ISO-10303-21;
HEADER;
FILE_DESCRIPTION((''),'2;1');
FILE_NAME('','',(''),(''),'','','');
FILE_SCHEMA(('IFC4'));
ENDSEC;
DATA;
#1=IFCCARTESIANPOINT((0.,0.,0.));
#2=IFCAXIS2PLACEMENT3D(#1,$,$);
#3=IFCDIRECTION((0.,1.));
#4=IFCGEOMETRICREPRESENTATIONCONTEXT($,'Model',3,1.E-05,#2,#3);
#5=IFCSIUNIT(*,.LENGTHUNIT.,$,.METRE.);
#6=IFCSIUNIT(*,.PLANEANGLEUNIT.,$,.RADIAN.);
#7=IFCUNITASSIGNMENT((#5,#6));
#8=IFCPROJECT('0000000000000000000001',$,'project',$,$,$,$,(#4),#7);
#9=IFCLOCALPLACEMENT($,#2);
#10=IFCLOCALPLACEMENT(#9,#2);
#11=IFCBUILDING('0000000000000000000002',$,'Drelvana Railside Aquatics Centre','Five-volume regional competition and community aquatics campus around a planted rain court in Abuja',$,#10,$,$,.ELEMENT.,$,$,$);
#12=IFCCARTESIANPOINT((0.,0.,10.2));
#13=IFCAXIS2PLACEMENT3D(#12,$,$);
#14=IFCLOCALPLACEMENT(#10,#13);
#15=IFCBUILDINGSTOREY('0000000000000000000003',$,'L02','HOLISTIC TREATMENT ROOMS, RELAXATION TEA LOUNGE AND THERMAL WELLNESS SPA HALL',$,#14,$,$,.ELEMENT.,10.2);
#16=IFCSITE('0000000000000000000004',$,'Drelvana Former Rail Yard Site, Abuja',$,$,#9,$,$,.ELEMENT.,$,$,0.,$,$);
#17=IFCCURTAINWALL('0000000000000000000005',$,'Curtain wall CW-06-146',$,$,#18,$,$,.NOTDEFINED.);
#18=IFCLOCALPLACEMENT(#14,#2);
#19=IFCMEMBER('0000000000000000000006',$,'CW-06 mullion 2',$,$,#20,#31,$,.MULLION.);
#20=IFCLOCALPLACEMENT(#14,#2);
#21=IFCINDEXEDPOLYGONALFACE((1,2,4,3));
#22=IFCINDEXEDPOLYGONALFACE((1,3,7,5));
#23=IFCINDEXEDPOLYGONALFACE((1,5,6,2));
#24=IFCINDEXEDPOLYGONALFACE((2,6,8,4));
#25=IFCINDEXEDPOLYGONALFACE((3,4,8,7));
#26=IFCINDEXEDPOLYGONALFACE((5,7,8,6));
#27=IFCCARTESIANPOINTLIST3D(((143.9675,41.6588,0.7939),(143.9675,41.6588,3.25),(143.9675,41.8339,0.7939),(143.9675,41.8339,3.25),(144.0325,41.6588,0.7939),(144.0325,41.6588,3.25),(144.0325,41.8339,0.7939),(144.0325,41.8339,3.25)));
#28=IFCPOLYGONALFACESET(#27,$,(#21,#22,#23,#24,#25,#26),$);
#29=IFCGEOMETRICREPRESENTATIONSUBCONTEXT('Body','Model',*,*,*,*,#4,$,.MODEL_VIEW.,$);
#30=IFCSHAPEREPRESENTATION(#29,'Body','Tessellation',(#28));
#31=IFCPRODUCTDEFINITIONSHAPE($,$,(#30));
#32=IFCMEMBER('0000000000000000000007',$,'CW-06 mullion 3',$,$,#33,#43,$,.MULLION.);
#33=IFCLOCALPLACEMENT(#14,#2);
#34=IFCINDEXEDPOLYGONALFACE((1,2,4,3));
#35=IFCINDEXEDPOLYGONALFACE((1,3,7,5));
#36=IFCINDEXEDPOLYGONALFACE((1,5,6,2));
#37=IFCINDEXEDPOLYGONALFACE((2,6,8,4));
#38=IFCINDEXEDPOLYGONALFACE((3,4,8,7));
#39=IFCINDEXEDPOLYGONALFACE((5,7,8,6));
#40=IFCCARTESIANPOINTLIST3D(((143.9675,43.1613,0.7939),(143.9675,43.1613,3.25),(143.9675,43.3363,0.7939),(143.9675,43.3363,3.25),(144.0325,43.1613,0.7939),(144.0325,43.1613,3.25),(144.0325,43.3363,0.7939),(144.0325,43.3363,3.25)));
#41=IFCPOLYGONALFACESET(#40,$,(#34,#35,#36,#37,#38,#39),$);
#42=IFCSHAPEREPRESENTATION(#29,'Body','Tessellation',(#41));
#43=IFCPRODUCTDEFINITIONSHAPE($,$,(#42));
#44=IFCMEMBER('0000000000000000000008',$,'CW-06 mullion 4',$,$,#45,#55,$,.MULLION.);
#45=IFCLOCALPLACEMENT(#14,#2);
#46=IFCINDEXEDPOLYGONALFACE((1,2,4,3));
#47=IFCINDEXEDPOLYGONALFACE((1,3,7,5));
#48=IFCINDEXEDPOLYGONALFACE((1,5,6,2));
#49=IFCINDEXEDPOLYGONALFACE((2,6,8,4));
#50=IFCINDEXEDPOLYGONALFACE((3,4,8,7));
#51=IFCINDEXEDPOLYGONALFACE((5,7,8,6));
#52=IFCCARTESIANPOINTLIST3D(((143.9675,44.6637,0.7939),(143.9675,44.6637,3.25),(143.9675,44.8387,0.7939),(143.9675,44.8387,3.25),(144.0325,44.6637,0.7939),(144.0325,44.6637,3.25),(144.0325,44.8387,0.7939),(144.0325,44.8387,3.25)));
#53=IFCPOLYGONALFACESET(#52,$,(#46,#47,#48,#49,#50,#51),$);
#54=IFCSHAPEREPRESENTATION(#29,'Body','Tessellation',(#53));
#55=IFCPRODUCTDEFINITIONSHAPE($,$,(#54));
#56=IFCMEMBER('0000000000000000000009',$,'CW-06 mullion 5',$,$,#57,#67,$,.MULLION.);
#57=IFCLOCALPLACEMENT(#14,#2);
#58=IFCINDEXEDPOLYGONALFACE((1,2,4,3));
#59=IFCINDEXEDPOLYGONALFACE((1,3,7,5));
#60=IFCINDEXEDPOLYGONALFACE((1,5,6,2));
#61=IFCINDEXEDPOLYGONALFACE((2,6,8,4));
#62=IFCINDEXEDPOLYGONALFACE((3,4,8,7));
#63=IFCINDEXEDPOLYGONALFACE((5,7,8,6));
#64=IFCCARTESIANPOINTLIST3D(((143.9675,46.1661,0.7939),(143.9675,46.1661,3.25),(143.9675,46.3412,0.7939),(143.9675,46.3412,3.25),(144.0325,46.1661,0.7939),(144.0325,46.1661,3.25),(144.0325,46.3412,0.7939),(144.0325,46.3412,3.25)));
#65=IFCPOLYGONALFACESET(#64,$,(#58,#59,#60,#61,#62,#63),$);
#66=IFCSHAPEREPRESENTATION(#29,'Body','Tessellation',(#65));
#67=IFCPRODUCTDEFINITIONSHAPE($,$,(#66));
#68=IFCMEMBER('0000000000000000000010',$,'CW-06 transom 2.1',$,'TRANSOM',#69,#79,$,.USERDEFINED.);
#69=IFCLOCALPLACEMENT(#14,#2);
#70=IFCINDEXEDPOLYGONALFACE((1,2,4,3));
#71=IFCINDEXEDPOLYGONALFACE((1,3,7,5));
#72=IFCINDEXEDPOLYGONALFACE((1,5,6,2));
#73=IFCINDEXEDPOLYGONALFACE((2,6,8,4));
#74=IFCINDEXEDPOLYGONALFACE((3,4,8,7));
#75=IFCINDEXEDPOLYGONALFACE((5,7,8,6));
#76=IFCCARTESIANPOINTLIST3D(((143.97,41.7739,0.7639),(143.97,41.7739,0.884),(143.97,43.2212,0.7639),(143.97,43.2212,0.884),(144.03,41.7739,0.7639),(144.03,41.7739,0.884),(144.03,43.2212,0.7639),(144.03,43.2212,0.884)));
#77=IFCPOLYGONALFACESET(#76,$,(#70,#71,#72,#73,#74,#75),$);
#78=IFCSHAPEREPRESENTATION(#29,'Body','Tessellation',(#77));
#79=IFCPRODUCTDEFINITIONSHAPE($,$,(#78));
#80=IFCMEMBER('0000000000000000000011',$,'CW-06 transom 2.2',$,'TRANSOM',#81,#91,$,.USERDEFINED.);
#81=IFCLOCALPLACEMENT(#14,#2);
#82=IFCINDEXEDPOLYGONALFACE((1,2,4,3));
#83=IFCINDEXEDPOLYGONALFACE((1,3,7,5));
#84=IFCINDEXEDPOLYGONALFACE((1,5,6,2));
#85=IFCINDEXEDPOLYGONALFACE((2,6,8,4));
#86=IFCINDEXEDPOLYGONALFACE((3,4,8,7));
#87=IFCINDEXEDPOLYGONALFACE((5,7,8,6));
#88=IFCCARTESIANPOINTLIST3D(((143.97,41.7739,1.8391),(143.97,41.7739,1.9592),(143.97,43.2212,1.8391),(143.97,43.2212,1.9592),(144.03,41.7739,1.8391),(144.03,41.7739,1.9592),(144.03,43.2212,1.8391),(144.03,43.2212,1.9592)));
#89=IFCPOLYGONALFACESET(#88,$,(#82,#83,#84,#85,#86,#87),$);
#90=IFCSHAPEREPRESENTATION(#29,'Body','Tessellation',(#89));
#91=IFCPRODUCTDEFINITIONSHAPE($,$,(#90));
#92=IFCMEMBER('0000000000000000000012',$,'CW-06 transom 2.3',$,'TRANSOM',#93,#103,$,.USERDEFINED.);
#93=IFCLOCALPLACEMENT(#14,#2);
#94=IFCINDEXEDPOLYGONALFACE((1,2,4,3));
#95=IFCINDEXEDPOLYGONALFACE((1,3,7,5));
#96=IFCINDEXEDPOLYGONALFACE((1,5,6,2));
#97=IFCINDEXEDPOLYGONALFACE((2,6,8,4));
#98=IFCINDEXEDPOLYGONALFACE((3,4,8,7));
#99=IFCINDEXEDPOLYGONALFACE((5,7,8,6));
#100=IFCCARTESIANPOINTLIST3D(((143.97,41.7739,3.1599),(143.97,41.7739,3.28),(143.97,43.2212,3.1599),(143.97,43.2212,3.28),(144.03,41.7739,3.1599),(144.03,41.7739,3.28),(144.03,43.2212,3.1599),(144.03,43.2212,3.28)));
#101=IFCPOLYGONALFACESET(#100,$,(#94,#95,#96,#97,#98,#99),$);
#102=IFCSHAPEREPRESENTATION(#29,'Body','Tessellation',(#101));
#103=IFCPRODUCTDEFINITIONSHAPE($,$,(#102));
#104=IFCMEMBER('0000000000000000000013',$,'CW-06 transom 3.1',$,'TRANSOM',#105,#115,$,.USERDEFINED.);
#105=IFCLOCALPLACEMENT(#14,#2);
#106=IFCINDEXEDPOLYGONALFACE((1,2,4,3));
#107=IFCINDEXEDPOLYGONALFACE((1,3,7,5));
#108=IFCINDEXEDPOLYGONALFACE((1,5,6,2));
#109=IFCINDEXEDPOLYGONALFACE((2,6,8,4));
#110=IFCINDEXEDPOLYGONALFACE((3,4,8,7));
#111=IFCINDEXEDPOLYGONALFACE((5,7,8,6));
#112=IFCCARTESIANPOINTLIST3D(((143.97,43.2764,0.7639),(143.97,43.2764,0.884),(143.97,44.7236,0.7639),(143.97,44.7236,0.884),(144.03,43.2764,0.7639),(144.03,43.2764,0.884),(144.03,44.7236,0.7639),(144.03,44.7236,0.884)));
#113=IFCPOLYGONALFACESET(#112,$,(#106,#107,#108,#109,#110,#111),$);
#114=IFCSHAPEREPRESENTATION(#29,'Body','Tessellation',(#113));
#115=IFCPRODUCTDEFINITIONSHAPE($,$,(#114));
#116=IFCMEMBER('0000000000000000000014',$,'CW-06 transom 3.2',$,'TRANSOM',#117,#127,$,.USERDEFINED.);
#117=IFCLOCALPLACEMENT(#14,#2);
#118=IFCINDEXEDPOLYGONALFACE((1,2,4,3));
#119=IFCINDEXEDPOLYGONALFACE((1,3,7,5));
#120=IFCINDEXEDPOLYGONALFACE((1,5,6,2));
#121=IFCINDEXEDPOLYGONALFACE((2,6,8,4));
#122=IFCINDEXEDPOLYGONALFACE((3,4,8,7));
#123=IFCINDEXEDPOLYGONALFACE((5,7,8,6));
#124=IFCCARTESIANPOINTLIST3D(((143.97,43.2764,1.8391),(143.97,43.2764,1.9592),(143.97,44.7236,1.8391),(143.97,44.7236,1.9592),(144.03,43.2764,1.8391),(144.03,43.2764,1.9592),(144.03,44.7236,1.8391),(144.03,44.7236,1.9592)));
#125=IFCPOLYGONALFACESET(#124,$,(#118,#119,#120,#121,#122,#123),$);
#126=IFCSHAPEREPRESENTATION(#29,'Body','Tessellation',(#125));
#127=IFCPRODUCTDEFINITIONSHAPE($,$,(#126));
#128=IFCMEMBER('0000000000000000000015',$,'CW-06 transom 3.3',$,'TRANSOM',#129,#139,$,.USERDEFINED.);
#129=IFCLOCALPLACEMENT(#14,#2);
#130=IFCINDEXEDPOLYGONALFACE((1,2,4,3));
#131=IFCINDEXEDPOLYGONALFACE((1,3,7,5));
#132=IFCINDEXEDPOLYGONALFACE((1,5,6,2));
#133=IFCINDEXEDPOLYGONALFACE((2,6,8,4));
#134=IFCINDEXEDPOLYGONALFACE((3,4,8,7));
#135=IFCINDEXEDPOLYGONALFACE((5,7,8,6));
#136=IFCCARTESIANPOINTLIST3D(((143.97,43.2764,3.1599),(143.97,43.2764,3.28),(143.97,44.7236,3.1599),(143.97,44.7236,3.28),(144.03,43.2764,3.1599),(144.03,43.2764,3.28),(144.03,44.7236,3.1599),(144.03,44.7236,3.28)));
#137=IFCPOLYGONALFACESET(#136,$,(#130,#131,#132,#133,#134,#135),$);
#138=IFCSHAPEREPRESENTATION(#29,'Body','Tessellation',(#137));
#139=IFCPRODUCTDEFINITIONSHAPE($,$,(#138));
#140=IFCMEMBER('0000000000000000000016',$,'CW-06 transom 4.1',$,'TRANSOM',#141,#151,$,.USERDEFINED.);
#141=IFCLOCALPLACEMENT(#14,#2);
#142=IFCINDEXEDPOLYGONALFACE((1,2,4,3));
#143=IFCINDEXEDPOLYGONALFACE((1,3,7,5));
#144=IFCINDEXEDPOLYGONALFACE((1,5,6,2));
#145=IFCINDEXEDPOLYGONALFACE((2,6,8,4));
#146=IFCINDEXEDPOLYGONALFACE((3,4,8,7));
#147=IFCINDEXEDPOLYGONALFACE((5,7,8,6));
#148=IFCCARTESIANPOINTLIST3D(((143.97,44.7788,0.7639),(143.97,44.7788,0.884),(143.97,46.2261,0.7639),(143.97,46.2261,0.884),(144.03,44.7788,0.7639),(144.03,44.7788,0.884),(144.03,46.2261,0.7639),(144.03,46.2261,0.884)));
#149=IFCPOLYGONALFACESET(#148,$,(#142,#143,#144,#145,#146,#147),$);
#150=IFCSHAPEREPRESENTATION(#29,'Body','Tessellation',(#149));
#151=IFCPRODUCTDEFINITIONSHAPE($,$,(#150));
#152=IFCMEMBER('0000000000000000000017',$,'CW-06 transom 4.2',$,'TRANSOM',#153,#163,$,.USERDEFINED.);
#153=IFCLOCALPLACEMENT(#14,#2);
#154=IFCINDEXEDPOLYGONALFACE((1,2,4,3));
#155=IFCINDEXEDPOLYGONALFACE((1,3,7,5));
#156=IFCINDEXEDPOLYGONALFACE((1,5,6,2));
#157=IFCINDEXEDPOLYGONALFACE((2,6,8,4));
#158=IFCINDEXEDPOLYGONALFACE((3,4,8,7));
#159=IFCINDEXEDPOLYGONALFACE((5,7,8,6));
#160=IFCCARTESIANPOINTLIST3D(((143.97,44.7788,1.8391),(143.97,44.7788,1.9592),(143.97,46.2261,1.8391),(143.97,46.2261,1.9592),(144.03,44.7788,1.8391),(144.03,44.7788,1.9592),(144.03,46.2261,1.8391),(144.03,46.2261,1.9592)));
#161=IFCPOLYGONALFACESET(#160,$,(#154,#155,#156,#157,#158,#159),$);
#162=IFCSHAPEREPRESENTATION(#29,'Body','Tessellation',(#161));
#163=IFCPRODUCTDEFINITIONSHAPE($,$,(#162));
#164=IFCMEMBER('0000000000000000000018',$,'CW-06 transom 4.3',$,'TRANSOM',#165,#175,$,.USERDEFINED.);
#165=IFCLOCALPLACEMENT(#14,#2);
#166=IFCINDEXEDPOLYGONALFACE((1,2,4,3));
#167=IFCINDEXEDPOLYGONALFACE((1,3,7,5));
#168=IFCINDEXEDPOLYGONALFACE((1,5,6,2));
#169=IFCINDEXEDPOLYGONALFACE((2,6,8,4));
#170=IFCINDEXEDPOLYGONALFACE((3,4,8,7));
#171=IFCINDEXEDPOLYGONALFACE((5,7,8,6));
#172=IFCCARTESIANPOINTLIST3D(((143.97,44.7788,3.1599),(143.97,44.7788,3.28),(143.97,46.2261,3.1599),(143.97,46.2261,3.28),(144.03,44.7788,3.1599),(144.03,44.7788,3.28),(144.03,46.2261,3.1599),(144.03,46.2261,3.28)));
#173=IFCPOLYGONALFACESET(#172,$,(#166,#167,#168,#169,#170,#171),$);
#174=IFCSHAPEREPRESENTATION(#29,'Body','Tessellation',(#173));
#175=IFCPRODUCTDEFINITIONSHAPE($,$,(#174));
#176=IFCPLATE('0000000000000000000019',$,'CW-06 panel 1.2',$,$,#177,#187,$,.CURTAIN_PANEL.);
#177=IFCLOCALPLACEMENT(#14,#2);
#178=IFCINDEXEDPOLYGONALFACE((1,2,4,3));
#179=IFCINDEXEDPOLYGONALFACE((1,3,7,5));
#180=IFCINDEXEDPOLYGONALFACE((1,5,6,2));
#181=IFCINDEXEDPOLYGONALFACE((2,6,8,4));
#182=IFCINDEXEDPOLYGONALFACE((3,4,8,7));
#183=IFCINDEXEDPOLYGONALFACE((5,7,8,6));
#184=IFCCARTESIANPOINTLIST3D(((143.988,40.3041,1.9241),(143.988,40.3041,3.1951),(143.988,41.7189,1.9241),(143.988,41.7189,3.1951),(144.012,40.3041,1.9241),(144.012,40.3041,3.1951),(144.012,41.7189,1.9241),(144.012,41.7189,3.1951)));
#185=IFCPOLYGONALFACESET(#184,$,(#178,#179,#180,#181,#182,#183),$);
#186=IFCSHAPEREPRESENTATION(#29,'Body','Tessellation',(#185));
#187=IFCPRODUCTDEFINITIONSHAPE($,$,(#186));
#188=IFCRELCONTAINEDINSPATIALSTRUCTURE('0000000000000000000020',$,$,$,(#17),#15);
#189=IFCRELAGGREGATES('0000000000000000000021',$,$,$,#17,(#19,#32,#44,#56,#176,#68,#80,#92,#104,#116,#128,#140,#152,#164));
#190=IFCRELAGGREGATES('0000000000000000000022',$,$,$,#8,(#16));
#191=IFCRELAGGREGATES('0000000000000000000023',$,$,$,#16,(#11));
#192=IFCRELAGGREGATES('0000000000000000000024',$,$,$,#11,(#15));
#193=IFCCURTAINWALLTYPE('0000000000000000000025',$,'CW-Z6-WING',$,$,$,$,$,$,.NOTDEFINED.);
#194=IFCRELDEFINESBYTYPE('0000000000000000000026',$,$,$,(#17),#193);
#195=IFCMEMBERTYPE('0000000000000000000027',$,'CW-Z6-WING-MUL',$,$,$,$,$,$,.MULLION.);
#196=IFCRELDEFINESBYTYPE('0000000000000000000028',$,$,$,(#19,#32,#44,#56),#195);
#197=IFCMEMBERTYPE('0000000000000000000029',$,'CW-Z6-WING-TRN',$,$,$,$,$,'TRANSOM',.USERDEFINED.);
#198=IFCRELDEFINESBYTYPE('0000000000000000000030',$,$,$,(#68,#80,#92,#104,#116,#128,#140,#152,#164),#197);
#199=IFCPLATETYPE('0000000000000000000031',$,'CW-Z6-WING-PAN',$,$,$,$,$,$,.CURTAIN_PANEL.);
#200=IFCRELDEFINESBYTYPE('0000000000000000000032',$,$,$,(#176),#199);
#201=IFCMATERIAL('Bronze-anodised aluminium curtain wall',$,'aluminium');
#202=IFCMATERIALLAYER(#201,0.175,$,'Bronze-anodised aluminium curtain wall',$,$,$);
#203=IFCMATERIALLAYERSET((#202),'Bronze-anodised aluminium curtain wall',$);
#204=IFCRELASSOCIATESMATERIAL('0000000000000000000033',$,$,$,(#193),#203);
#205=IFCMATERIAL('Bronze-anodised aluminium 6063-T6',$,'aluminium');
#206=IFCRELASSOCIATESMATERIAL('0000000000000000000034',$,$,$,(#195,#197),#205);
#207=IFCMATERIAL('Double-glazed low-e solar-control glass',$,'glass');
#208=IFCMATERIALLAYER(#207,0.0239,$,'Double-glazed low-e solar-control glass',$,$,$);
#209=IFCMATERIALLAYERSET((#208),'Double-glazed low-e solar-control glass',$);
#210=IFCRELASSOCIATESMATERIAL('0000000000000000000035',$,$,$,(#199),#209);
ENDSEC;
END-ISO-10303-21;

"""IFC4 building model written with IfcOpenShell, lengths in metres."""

from ifc_helpers import new_model, si_unit, direction, frame, origin, origin_2d, place, context, subcontext, project, spatial, rectangle, extrude, material, layer, layer_set, material_profile, profile_set, type_object, element, aggregate, save


model = new_model("IFC4")

# Units and contexts
model_context = context("Model", 3, precision=1e-05, world=origin(), true_north=direction((0.0, 1.0)))
body_context = subcontext(model_context, "Body", "Model", "MODEL_VIEW")
ifc_project = project(units=[si_unit("LENGTHUNIT", "METRE"), si_unit("PLANEANGLEUNIT", "RADIAN")], contexts=[model_context])

# Site, building, storey
site_placement = place(None, origin())
site = spatial("IfcSite", under=ifc_project, at=site_placement, Name="Drelvana Former Rail Yard Site, Abuja", CompositionType="ELEMENT", RefElevation=0.0)
building_placement = place(site_placement, origin())
building = spatial("IfcBuilding", under=site, at=building_placement, Name="Drelvana Railside Aquatics Centre", Description="Five-volume regional competition and community aquatics campus around a planted rain court in Abuja", CompositionType="ELEMENT")
storey_placement = place(building_placement, frame((0.0, 0.0, 10.2)))
storey = spatial("IfcBuildingStorey", under=building, at=storey_placement, Name="L02", Description="HOLISTIC TREATMENT ROOMS, RELAXATION TEA LOUNGE AND THERMAL WELLNESS SPA HALL", CompositionType="ELEMENT", Elevation=10.2)

# Curtain wall, members, plate
ifc_material_1 = material(Name="Bronze-anodised aluminium curtain wall", Category="aluminium")
ifc_layer_1 = layer(ifc_material_1, 0.175, Name="Bronze-anodised aluminium curtain wall")
ifc_layer_set_1 = layer_set([ifc_layer_1], Name="Bronze-anodised aluminium curtain wall")
curtain_wall_type = type_object("IfcCurtainWallType", Name="CW-Z6-WING", PredefinedType="NOTDEFINED", material=ifc_layer_set_1)
curtain_wall_placement = place(storey_placement, origin())
curtain_wall = element("IfcCurtainWall", 1, at=curtain_wall_placement, inside=storey, type_object=curtain_wall_type, Name="Curtain wall CW-06-146", PredefinedType="NOTDEFINED")
ifc_material_2 = material(Name="Bronze-anodised aluminium 6063-T6", Category="aluminium")
ifc_material_profile_1 = material_profile(ifc_material_2, rectangle(XDim=0.0649, YDim=0.175, at=origin_2d()), Name="ALU-M 65x175")
ifc_profile_set_1 = profile_set([ifc_material_profile_1], Name="Bronze-anodised aluminium 6063-T6")
member_type_1 = type_object("IfcMemberType", Name="CW-Z6-WING-MUL", PredefinedType="MULLION", material=ifc_profile_set_1)
member_1_placement = place(storey_placement, frame((144.0, 41.7463, 0.7939), z_axis=(0.0, 0.0, 1.0), x_axis=(-1.0, 0.0, 0.0)))
member_1 = element("IfcMember", 2, at=member_1_placement, type_object=member_type_1, Name="CW-06 mullion 2", PredefinedType="MULLION", context=body_context, shape_type="SweptSolid", body=[
    extrude(rectangle(XDim=0.0649, YDim=0.175, at=origin_2d()), origin(), (0.0, 0.0, 1.0), 2.4561),
])
member_2_placement = place(storey_placement, frame((144.0, 43.2488, 0.7939), z_axis=(0.0, 0.0, 1.0), x_axis=(-1.0, 0.0, 0.0)))
member_2 = element("IfcMember", 3, at=member_2_placement, type_object=member_type_1, Name="CW-06 mullion 3", PredefinedType="MULLION", context=body_context, shape_type="SweptSolid", body=[
    extrude(rectangle(XDim=0.0649, YDim=0.175, at=origin_2d()), origin(), (0.0, 0.0, 1.0), 2.4561),
])
member_3_placement = place(storey_placement, frame((144.0, 44.7512, 0.7939), z_axis=(0.0, 0.0, 1.0), x_axis=(-1.0, 0.0, 0.0)))
member_3 = element("IfcMember", 4, at=member_3_placement, type_object=member_type_1, Name="CW-06 mullion 4", PredefinedType="MULLION", context=body_context, shape_type="SweptSolid", body=[
    extrude(rectangle(XDim=0.0649, YDim=0.175, at=origin_2d()), origin(), (0.0, 0.0, 1.0), 2.4561),
])
member_4_placement = place(storey_placement, frame((144.0, 46.2537, 0.7939), z_axis=(0.0, 0.0, 1.0), x_axis=(-1.0, 0.0, 0.0)))
member_4 = element("IfcMember", 5, at=member_4_placement, type_object=member_type_1, Name="CW-06 mullion 5", PredefinedType="MULLION", context=body_context, shape_type="SweptSolid", body=[
    extrude(rectangle(XDim=0.0649, YDim=0.175, at=origin_2d()), origin(), (0.0, 0.0, 1.0), 2.4561),
])
ifc_material_profile_2 = material_profile(ifc_material_2, rectangle(XDim=0.1201, YDim=0.0601, at=origin_2d()), Name="ALU-T 60x120")
ifc_profile_set_2 = profile_set([ifc_material_profile_2], Name="Bronze-anodised aluminium 6063-T6")
member_type_2 = type_object("IfcMemberType", Name="CW-Z6-WING-TRN", ElementType="TRANSOM", PredefinedType="USERDEFINED", material=ifc_profile_set_2)
member_5_placement = place(storey_placement, frame((144.0, 41.7739, 0.824), z_axis=(0.0, 1.0, 0.0), x_axis=(0.0, 0.0, 1.0)))
member_5 = element("IfcMember", 6, at=member_5_placement, type_object=member_type_2, Name="CW-06 transom 2.1", ObjectType="TRANSOM", PredefinedType="USERDEFINED", context=body_context, shape_type="SweptSolid", body=[
    extrude(rectangle(XDim=0.1201, YDim=0.0601, at=origin_2d()), origin(), (0.0, 0.0, 1.0), 1.4473),
])
member_6_placement = place(storey_placement, frame((144.0, 41.7739, 1.8992), z_axis=(0.0, 1.0, 0.0), x_axis=(0.0, 0.0, 1.0)))
member_6 = element("IfcMember", 7, at=member_6_placement, type_object=member_type_2, Name="CW-06 transom 2.2", ObjectType="TRANSOM", PredefinedType="USERDEFINED", context=body_context, shape_type="SweptSolid", body=[
    extrude(rectangle(XDim=0.1201, YDim=0.0601, at=origin_2d()), origin(), (0.0, 0.0, 1.0), 1.4473),
])
member_7_placement = place(storey_placement, frame((144.0, 41.7739, 3.22), z_axis=(0.0, 1.0, 0.0), x_axis=(0.0, 0.0, 1.0)))
member_7 = element("IfcMember", 8, at=member_7_placement, type_object=member_type_2, Name="CW-06 transom 2.3", ObjectType="TRANSOM", PredefinedType="USERDEFINED", context=body_context, shape_type="SweptSolid", body=[
    extrude(rectangle(XDim=0.1201, YDim=0.0601, at=origin_2d()), origin(), (0.0, 0.0, 1.0), 1.4473),
])
member_8_placement = place(storey_placement, frame((144.0, 43.2764, 0.824), z_axis=(0.0, 1.0, 0.0), x_axis=(0.0, 0.0, 1.0)))
member_8 = element("IfcMember", 9, at=member_8_placement, type_object=member_type_2, Name="CW-06 transom 3.1", ObjectType="TRANSOM", PredefinedType="USERDEFINED", context=body_context, shape_type="SweptSolid", body=[
    extrude(rectangle(XDim=0.1201, YDim=0.0601, at=origin_2d()), origin(), (0.0, 0.0, 1.0), 1.4473),
])
member_9_placement = place(storey_placement, frame((144.0, 43.2764, 1.8992), z_axis=(0.0, 1.0, 0.0), x_axis=(0.0, 0.0, 1.0)))
member_9 = element("IfcMember", 10, at=member_9_placement, type_object=member_type_2, Name="CW-06 transom 3.2", ObjectType="TRANSOM", PredefinedType="USERDEFINED", context=body_context, shape_type="SweptSolid", body=[
    extrude(rectangle(XDim=0.1201, YDim=0.0601, at=origin_2d()), origin(), (0.0, 0.0, 1.0), 1.4473),
])
member_10_placement = place(storey_placement, frame((144.0, 43.2764, 3.22), z_axis=(0.0, 1.0, 0.0), x_axis=(0.0, 0.0, 1.0)))
member_10 = element("IfcMember", 11, at=member_10_placement, type_object=member_type_2, Name="CW-06 transom 3.3", ObjectType="TRANSOM", PredefinedType="USERDEFINED", context=body_context, shape_type="SweptSolid", body=[
    extrude(rectangle(XDim=0.1201, YDim=0.0601, at=origin_2d()), origin(), (0.0, 0.0, 1.0), 1.4473),
])
member_11_placement = place(storey_placement, frame((144.0, 44.7788, 0.824), z_axis=(0.0, 1.0, 0.0), x_axis=(0.0, 0.0, 1.0)))
member_11 = element("IfcMember", 12, at=member_11_placement, type_object=member_type_2, Name="CW-06 transom 4.1", ObjectType="TRANSOM", PredefinedType="USERDEFINED", context=body_context, shape_type="SweptSolid", body=[
    extrude(rectangle(XDim=0.1201, YDim=0.0601, at=origin_2d()), origin(), (0.0, 0.0, 1.0), 1.4473),
])
member_12_placement = place(storey_placement, frame((144.0, 44.7788, 1.8992), z_axis=(0.0, 1.0, 0.0), x_axis=(0.0, 0.0, 1.0)))
member_12 = element("IfcMember", 13, at=member_12_placement, type_object=member_type_2, Name="CW-06 transom 4.2", ObjectType="TRANSOM", PredefinedType="USERDEFINED", context=body_context, shape_type="SweptSolid", body=[
    extrude(rectangle(XDim=0.1201, YDim=0.0601, at=origin_2d()), origin(), (0.0, 0.0, 1.0), 1.4473),
])
member_13_placement = place(storey_placement, frame((144.0, 44.7788, 3.22), z_axis=(0.0, 1.0, 0.0), x_axis=(0.0, 0.0, 1.0)))
member_13 = element("IfcMember", 14, at=member_13_placement, type_object=member_type_2, Name="CW-06 transom 4.3", ObjectType="TRANSOM", PredefinedType="USERDEFINED", context=body_context, shape_type="SweptSolid", body=[
    extrude(rectangle(XDim=0.1201, YDim=0.0601, at=origin_2d()), origin(), (0.0, 0.0, 1.0), 1.4473),
])
ifc_material_3 = material(Name="Double-glazed low-e solar-control glass", Category="glass")
ifc_layer_2 = layer(ifc_material_3, 0.0239, Name="Double-glazed low-e solar-control glass")
ifc_layer_set_2 = layer_set([ifc_layer_2], Name="Double-glazed low-e solar-control glass")
plate_type = type_object("IfcPlateType", Name="CW-Z6-WING-PAN", PredefinedType="CURTAIN_PANEL", material=ifc_layer_set_2)
plate_1_placement = place(storey_placement, frame((144.0, 41.0115, 1.9241), z_axis=(0.0, 0.0, 1.0), x_axis=(0.0, 1.0, 0.0)))
plate_1 = element("IfcPlate", 15, at=plate_1_placement, type_object=plate_type, Name="CW-06 panel 1.2", PredefinedType="CURTAIN_PANEL", context=body_context, shape_type="SweptSolid", body=[
    extrude(rectangle(XDim=1.4148, YDim=0.0239, at=origin_2d()), origin(), (0.0, 0.0, 1.0), 1.271),
])
aggregate(curtain_wall, [member_1, member_2, member_3, member_4, plate_1, member_5, member_6, member_7, member_8, member_9, member_10, member_11, member_12, member_13])

save(model, "model.ifc")
